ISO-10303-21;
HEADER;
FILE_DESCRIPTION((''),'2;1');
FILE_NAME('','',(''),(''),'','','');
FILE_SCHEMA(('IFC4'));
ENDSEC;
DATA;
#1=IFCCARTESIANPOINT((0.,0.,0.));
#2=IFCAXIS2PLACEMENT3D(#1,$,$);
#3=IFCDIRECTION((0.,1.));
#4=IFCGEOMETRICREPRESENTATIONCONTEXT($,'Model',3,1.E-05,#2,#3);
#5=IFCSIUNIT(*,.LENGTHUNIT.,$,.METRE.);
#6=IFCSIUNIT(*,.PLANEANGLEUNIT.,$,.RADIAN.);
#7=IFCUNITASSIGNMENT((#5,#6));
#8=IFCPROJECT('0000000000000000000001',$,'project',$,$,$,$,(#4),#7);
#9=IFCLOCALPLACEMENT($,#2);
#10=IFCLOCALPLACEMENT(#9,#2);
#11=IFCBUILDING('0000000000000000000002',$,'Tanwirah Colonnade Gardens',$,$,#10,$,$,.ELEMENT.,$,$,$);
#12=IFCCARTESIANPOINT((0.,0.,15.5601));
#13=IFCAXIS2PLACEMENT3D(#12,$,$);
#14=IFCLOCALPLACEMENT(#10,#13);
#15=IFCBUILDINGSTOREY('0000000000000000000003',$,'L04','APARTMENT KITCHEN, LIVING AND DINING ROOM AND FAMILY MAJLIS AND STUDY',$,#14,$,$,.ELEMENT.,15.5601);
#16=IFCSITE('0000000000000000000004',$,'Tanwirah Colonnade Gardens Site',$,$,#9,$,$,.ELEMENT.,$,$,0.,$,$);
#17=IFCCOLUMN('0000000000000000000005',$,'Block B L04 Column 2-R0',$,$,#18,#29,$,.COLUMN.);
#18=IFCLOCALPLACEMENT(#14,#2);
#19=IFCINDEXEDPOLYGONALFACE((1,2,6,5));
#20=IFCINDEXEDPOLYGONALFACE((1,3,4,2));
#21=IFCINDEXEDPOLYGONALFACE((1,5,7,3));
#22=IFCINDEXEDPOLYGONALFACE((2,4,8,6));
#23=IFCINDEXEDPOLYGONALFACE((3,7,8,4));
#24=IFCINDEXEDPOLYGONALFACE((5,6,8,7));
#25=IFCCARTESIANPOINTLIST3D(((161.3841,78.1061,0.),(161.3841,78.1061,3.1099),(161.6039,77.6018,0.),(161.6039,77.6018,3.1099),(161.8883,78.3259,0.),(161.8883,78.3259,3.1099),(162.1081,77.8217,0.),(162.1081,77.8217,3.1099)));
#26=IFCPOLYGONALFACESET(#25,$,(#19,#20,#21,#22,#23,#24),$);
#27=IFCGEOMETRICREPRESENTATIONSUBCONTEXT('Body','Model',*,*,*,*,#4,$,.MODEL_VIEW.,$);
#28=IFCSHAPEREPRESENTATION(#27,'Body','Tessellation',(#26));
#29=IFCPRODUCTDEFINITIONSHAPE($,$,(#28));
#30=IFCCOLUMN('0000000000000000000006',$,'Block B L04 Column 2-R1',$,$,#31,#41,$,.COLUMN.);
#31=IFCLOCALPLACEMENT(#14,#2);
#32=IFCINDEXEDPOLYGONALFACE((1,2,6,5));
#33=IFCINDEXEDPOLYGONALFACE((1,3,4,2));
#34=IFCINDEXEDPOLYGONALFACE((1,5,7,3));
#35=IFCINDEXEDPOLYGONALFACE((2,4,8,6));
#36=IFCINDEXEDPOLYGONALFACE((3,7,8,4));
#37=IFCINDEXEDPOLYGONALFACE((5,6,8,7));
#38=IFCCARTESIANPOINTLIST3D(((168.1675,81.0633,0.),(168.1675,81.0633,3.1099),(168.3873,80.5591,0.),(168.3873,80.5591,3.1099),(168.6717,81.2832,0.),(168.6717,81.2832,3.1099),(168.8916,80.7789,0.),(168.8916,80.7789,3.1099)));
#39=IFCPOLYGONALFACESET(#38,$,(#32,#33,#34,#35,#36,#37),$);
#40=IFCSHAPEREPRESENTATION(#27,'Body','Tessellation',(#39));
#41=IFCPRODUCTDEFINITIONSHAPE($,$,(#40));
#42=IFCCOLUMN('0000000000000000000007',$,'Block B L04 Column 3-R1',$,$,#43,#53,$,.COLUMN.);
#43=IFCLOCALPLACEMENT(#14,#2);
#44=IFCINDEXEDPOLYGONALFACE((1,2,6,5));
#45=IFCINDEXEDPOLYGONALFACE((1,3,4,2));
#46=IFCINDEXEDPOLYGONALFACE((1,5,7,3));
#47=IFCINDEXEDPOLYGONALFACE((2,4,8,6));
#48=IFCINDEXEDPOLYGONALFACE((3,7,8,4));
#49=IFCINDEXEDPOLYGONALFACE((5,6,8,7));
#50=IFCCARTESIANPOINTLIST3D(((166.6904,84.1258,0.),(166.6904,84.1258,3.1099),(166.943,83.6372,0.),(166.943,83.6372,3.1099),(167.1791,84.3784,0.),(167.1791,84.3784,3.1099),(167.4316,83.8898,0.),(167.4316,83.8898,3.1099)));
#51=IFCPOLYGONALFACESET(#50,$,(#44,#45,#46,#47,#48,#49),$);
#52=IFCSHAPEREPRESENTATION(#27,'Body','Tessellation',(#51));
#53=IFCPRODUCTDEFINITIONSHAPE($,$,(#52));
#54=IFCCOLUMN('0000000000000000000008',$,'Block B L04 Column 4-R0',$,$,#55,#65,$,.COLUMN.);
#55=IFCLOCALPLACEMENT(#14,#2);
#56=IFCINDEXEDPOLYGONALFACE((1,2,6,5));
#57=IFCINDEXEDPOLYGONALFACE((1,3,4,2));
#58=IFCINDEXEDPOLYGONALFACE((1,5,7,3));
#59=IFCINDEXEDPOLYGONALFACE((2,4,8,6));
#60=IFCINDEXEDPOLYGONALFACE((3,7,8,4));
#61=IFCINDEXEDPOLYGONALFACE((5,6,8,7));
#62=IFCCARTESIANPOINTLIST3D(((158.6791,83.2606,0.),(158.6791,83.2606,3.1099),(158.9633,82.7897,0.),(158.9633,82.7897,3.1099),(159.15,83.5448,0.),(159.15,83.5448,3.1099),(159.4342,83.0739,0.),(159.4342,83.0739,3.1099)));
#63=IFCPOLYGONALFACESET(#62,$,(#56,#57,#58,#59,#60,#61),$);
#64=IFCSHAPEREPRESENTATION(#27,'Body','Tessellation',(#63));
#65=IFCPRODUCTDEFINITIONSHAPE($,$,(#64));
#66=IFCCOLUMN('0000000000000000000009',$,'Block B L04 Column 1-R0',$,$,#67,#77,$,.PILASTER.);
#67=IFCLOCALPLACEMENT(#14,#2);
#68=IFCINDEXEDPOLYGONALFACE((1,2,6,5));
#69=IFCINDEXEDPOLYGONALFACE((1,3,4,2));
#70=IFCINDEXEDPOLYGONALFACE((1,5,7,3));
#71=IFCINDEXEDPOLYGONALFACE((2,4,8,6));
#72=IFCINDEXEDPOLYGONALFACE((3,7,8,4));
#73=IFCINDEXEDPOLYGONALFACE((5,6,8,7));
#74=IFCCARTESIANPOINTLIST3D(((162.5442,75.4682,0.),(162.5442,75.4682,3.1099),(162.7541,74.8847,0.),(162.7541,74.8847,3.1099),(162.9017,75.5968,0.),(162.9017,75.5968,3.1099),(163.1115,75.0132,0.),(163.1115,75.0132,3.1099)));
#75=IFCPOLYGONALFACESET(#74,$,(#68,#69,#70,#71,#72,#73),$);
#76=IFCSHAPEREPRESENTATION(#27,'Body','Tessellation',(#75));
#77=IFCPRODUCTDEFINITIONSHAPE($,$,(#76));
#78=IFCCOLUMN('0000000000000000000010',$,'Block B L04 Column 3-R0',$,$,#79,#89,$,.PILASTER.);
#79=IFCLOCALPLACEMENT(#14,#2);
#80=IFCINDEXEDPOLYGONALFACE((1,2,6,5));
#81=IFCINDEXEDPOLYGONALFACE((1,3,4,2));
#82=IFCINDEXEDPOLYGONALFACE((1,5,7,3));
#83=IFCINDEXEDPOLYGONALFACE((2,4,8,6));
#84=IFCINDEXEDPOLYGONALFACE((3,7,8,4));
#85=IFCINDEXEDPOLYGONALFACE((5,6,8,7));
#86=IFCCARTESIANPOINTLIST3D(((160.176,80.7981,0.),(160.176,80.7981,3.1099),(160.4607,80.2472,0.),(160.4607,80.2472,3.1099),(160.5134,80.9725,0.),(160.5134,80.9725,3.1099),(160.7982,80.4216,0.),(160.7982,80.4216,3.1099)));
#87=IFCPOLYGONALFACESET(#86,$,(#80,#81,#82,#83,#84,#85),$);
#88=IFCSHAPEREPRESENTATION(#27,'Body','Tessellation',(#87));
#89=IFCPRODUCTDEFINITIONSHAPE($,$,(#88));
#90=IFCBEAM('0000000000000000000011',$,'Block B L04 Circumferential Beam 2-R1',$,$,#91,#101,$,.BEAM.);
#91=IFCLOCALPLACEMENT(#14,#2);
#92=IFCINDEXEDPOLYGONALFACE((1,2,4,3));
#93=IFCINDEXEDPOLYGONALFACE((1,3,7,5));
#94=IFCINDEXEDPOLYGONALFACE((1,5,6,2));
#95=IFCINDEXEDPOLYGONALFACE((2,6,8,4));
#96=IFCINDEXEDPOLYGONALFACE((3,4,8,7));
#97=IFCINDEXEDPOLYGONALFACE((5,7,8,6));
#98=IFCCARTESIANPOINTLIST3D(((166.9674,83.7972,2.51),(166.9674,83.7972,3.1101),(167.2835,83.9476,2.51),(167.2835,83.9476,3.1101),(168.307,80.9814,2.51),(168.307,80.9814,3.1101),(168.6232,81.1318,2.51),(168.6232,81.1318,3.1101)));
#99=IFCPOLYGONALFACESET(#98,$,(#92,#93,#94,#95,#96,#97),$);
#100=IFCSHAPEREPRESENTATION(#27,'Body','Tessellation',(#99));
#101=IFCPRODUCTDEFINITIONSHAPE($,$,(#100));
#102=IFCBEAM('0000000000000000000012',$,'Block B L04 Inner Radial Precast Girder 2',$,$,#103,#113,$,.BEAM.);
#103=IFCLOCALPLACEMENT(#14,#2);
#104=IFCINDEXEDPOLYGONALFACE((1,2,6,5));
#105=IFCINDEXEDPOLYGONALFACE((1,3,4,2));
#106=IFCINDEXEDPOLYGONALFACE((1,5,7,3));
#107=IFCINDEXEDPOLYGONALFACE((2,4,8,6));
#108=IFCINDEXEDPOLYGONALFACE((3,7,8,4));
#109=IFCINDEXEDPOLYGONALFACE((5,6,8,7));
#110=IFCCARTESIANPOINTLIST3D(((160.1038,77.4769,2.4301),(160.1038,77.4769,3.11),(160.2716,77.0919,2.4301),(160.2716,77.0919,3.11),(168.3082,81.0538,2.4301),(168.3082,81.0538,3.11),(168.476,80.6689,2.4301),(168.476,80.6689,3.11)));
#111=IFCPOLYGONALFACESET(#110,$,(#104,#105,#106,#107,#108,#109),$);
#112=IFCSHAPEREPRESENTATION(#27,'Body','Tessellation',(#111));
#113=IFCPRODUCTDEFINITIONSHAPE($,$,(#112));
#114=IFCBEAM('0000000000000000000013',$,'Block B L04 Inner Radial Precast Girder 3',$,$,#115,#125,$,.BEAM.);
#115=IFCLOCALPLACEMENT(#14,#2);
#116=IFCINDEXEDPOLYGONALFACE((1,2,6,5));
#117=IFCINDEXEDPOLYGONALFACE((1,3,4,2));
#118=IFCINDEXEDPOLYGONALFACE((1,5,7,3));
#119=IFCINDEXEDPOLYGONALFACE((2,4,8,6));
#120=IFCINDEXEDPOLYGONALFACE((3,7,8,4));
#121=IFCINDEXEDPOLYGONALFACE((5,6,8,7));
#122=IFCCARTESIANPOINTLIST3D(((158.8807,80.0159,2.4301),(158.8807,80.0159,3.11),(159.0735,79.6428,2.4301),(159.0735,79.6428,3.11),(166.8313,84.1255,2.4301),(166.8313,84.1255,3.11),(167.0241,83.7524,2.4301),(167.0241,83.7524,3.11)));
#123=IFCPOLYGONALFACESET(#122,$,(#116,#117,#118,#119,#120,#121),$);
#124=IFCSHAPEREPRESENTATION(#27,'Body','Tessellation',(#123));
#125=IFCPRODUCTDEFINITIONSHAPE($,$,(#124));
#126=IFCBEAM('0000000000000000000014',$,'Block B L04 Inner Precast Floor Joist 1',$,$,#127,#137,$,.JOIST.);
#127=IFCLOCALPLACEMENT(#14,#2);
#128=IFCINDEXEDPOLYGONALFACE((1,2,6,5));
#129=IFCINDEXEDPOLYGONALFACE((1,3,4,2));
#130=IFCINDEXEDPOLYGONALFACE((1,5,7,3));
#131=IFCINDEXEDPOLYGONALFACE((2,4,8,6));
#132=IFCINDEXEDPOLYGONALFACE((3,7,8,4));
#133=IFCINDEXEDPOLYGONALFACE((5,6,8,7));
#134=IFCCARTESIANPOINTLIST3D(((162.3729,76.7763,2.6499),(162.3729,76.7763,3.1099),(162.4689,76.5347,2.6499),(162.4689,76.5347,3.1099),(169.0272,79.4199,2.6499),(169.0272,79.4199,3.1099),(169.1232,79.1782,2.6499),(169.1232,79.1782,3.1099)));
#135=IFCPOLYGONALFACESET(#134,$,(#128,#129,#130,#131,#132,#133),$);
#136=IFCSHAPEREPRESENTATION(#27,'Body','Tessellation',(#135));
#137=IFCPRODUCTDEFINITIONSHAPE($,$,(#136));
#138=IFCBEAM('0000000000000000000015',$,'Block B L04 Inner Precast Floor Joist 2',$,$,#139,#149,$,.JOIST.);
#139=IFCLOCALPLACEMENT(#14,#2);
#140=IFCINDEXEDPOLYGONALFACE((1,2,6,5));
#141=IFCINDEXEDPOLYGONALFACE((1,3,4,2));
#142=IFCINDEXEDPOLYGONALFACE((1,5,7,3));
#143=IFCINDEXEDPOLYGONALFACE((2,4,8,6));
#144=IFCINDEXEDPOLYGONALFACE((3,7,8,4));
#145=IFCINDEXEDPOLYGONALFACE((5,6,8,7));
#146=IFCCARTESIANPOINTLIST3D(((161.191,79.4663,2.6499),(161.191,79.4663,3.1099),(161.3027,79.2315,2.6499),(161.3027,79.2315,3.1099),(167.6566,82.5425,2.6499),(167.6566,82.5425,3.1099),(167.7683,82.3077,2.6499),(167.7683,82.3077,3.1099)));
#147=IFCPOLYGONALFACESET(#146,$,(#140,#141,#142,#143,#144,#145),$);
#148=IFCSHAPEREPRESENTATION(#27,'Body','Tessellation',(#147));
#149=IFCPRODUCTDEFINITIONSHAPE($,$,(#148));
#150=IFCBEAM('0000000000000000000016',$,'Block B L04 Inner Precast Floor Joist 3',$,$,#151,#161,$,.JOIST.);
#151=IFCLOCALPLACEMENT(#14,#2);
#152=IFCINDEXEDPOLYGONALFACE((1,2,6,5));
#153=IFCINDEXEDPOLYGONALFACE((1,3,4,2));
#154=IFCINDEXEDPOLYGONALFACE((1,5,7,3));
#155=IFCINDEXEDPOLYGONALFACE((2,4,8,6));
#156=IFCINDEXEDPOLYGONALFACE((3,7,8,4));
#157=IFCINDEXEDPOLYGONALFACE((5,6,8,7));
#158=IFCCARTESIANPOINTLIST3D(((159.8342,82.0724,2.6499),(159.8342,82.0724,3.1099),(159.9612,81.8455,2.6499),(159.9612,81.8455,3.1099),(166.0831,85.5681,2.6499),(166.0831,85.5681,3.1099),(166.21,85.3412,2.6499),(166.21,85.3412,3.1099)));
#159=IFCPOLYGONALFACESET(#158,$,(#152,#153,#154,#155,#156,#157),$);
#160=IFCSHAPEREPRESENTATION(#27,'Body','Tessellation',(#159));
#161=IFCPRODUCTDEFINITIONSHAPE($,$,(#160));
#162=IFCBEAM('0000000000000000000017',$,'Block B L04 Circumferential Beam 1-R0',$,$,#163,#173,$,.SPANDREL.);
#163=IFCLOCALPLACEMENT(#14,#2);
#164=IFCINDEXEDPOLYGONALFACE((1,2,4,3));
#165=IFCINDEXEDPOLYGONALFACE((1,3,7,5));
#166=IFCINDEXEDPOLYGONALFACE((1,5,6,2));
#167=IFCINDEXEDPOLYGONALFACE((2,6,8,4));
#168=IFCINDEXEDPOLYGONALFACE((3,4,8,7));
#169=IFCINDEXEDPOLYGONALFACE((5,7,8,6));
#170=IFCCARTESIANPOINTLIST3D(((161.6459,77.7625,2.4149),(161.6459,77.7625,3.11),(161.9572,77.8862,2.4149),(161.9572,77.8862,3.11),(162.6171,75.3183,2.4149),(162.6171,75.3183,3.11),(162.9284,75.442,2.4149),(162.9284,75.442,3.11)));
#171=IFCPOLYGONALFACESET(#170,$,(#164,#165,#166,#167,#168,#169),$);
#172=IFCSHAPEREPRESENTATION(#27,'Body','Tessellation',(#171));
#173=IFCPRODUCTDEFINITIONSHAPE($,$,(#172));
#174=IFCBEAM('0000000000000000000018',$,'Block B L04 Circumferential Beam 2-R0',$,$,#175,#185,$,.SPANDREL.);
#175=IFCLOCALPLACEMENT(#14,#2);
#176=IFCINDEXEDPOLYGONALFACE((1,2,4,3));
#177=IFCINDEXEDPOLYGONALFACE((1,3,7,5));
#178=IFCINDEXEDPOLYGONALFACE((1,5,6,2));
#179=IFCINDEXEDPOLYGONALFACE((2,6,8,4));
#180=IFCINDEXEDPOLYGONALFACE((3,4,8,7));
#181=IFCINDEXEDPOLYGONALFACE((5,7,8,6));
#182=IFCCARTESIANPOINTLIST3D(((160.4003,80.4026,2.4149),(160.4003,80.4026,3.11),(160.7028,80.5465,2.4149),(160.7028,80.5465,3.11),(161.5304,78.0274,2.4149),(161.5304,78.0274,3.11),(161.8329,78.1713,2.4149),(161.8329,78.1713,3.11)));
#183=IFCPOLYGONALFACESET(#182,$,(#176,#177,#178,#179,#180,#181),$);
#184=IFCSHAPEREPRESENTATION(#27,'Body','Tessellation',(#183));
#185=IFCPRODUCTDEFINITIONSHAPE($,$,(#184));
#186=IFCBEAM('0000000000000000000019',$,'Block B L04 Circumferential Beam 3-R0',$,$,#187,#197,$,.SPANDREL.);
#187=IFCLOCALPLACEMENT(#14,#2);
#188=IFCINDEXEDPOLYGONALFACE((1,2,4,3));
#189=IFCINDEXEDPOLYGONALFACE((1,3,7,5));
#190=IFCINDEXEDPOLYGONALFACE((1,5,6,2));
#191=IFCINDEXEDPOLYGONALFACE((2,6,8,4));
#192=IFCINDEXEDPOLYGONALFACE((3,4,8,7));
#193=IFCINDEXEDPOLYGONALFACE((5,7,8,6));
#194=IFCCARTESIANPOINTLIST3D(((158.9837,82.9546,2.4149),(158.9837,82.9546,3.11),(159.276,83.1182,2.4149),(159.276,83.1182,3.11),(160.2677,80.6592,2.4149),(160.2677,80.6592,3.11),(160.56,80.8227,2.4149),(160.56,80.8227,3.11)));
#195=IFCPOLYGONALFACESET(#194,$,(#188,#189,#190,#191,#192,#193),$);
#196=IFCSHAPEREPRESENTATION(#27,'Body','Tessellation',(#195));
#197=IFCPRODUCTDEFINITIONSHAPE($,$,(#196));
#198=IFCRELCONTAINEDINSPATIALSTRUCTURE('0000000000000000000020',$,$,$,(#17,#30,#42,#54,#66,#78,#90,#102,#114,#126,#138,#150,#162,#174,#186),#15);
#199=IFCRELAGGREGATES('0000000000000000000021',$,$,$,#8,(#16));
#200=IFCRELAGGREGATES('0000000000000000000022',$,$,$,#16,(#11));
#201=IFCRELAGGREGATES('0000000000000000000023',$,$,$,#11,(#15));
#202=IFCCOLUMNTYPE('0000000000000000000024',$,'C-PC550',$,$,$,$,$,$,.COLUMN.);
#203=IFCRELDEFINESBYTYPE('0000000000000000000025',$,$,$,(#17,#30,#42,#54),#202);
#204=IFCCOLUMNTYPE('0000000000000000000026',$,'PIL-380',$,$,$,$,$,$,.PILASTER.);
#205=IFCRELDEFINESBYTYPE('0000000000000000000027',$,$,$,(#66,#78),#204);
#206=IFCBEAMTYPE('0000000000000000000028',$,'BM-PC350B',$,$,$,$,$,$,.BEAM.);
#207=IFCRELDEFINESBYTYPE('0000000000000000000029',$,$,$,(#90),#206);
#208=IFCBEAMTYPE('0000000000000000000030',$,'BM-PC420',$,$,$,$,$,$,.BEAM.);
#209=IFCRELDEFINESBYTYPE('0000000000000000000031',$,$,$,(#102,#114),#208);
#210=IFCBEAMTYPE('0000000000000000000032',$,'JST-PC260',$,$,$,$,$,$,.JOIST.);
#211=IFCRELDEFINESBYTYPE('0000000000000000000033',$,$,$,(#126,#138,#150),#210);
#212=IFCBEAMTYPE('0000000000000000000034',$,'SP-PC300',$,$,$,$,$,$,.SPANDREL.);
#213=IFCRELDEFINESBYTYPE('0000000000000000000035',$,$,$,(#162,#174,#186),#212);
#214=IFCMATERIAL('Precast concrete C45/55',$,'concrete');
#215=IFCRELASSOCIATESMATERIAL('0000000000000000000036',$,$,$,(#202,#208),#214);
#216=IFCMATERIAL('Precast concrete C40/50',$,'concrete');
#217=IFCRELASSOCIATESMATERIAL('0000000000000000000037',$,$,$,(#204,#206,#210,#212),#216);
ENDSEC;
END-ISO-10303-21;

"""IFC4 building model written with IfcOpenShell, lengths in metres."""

from ifc_helpers import new_model, si_unit, direction, frame, origin, origin_2d, place, context, subcontext, project, spatial, rectangle, extrude, material, material_profile, profile_set, type_object, element, save


model = new_model("IFC4")

# Units and contexts
model_context = context("Model", 3, precision=1e-05, world=origin(), true_north=direction((0.0, 1.0)))
body_context = subcontext(model_context, "Body", "Model", "MODEL_VIEW")
ifc_project = project(units=[si_unit("LENGTHUNIT", "METRE"), si_unit("PLANEANGLEUNIT", "RADIAN")], contexts=[model_context])

# Site, building, storey
site_placement = place(None, origin())
site = spatial("IfcSite", under=ifc_project, at=site_placement, Name="Tanwirah Colonnade Gardens Site", CompositionType="ELEMENT", RefElevation=0.0)
building_placement = place(site_placement, origin())
building = spatial("IfcBuilding", under=site, at=building_placement, Name="Tanwirah Colonnade Gardens", CompositionType="ELEMENT")
storey_placement = place(building_placement, frame((0.0, 0.0, 15.5601)))
storey = spatial("IfcBuildingStorey", under=building, at=storey_placement, Name="L04", Description="APARTMENT KITCHEN, LIVING AND DINING ROOM AND FAMILY MAJLIS AND STUDY", CompositionType="ELEMENT", Elevation=15.5601)

# Columns
ifc_material_1 = material(Name="Precast concrete C45/55", Category="concrete")
ifc_material_profile_1 = material_profile(ifc_material_1, rectangle(XDim=0.55, YDim=0.55, at=origin_2d()), Name="PC-COL 550x550")
ifc_profile_set_1 = profile_set([ifc_material_profile_1], Name="Precast concrete C45/55")
column_type_1 = type_object("IfcColumnType", Name="C-PC550", PredefinedType="COLUMN", material=ifc_profile_set_1)
for number, where, z_axis, x_axis, name in (
    (1, (161.7461, 77.9639, 0.0), (0.0, 0.0, 1.0), (0.916673, 0.399638, 0.0), "Block B L04 Column 2-R0"),
    (2, (168.5295, 80.9211, 0.0), (0.0, 0.0, 1.0), (0.916673, 0.399638, 0.0), "Block B L04 Column 2-R1"),
    (3, (167.061, 84.0078, 0.0), (0.0, 0.0, 1.0), (0.88835, 0.459166, 0.0), "Block B L04 Column 3-R1"),
    (4, (159.0566, 83.1672, 0.0), (0.0, 0.0, 1.0), (0.856167, 0.516699, 0.0), "Block B L04 Column 4-R0"),
):
    element("IfcColumn", number, at=place(storey_placement, frame(where, z_axis=z_axis, x_axis=x_axis)), inside=storey, type_object=column_type_1, Name=name, PredefinedType="COLUMN", context=body_context, shape_type="SweptSolid", body=[
        extrude(rectangle(XDim=0.55, YDim=0.55, at=origin_2d()), origin(), (0.0, 0.0, 1.0), 3.1099),
    ])
ifc_material_2 = material(Name="Precast concrete C40/50", Category="concrete")
ifc_material_profile_2 = material_profile(ifc_material_2, rectangle(XDim=0.3799, YDim=0.6201, at=origin_2d()), Name="PC-PIL 380x620")
ifc_profile_set_2 = profile_set([ifc_material_profile_2], Name="Precast concrete C40/50")
column_type_2 = type_object("IfcColumnType", Name="PIL-380", PredefinedType="PILASTER", material=ifc_profile_set_2)
for number, where, z_axis, x_axis, name in (
    (5, (162.8279, 75.2407, 0.0), (0.0, 0.0, 1.0), (0.941012, 0.338373, 0.0), "Block B L04 Column 1-R0"),
    (6, (160.4871, 80.6099, 0.0), (0.0, 0.0, 1.0), (0.88835, 0.459166, 0.0), "Block B L04 Column 3-R0"),
):
    element("IfcColumn", number, at=place(storey_placement, frame(where, z_axis=z_axis, x_axis=x_axis)), inside=storey, type_object=column_type_2, Name=name, PredefinedType="PILASTER", context=body_context, shape_type="SweptSolid", body=[
        extrude(rectangle(XDim=0.3799, YDim=0.6201, at=origin_2d()), origin(), (0.0, 0.0, 1.0), 3.1099),
    ])

# Beams
ifc_material_profile_3 = material_profile(ifc_material_2, rectangle(XDim=0.3501, YDim=0.6001, at=origin_2d()), Name="PC-BM 350x600")
ifc_profile_set_3 = profile_set([ifc_material_profile_3], Name="Precast concrete C40/50")
beam_type_1 = type_object("IfcBeamType", Name="BM-PC350B", PredefinedType="BEAM", material=ifc_profile_set_3)
beam_1_placement = place(storey_placement, frame((168.4651, 81.0566, 2.8101), z_axis=(-0.429621, 0.90301, 0.0), x_axis=(-0.90301, -0.429621, 0.0)))
element("IfcBeam", 7, at=beam_1_placement, inside=storey, type_object=beam_type_1, Name="Block B L04 Circumferential Beam 2-R1", PredefinedType="BEAM", context=body_context, shape_type="SweptSolid", body=[
    extrude(rectangle(XDim=0.3501, YDim=0.6001, at=origin_2d()), origin(), (0.0, 0.0, 1.0), 3.1182),
])
ifc_material_profile_4 = material_profile(ifc_material_1, rectangle(XDim=0.4199, YDim=0.6799, at=origin_2d()), Name="PC-BM 420x680")
ifc_profile_set_4 = profile_set([ifc_material_profile_4], Name="Precast concrete C45/55")
beam_type_2 = type_object("IfcBeamType", Name="BM-PC420", PredefinedType="BEAM", material=ifc_profile_set_4)
beam_2_placement = place(storey_placement, frame((168.3921, 80.8613, 2.77), z_axis=(-0.916669, -0.399647, 0.0), x_axis=(0.399647, -0.916669, 0.0)))
element("IfcBeam", 8, at=beam_2_placement, inside=storey, type_object=beam_type_2, Name="Block B L04 Inner Radial Precast Girder 2", PredefinedType="BEAM", context=body_context, shape_type="SweptSolid", body=[
    extrude(rectangle(XDim=0.4199, YDim=0.6799, at=origin_2d()), origin(), (0.0, 0.0, 1.0), 8.9502),
])
beam_3_placement = place(storey_placement, frame((166.9277, 83.939, 2.77), z_axis=(-0.888345, -0.459176, 0.0), x_axis=(0.459176, -0.888345, 0.0)))
element("IfcBeam", 9, at=beam_3_placement, inside=storey, type_object=beam_type_2, Name="Block B L04 Inner Radial Precast Girder 3", PredefinedType="BEAM", context=body_context, shape_type="SweptSolid", body=[
    extrude(rectangle(XDim=0.4199, YDim=0.6799, at=origin_2d()), origin(), (0.0, 0.0, 1.0), 8.95),
])
ifc_material_profile_5 = material_profile(ifc_material_2, rectangle(XDim=0.26, YDim=0.46, at=origin_2d()), Name="PC-JST 260x460")
ifc_profile_set_5 = profile_set([ifc_material_profile_5], Name="Precast concrete C40/50")
beam_type_3 = type_object("IfcBeamType", Name="JST-PC260", PredefinedType="JOIST", material=ifc_profile_set_5)
for number, where, z_axis, x_axis, name in (
    (10, (162.4209, 76.6555, 2.8799), (0.929349, 0.369203, 0.0), (-0.369203, 0.929349, 0.0), "Block B L04 Inner Precast Floor Joist 1"),
    (11, (161.2468, 79.3489, 2.8799), (0.903005, 0.429629, 0.0), (-0.429629, 0.903005, 0.0), "Block B L04 Inner Precast Floor Joist 2"),
    (12, (159.8977, 81.959, 2.8799), (0.872727, 0.488209, 0.0), (-0.488209, 0.872727, 0.0), "Block B L04 Inner Precast Floor Joist 3"),
):
    element("IfcBeam", number, at=place(storey_placement, frame(where, z_axis=z_axis, x_axis=x_axis)), inside=storey, type_object=beam_type_3, Name=name, PredefinedType="JOIST", context=body_context, shape_type="SweptSolid", body=[
        extrude(rectangle(XDim=0.26, YDim=0.46, at=origin_2d()), origin(), (0.0, 0.0, 1.0), 7.1602),
    ])
ifc_material_profile_6 = material_profile(ifc_material_2, rectangle(XDim=0.335, YDim=0.6951, at=origin_2d()), Name="PC-SP 335x695")
ifc_profile_set_6 = profile_set([ifc_material_profile_6], Name="Precast concrete C40/50")
beam_type_4 = type_object("IfcBeamType", Name="SP-PC300", PredefinedType="SPANDREL", material=ifc_profile_set_6)
beam_4_placement = place(storey_placement, frame((162.7727, 75.3801, 2.7625), z_axis=(-0.369245, 0.929332, 0.0), x_axis=(-0.929332, -0.369245, 0.0)))
element("IfcBeam", 13, at=beam_4_placement, inside=storey, type_object=beam_type_4, Name="Block B L04 Circumferential Beam 1-R0", PredefinedType="SPANDREL", context=body_context, shape_type="SweptSolid", body=[
    extrude(rectangle(XDim=0.335, YDim=0.6951, at=origin_2d()), origin(), (0.0, 0.0, 1.0), 2.6301),
])
beam_5_placement = place(storey_placement, frame((161.6816, 78.0994, 2.7625), z_axis=(-0.429642, 0.902999, 0.0), x_axis=(-0.902999, -0.429642, 0.0)))
element("IfcBeam", 14, at=beam_5_placement, inside=storey, type_object=beam_type_4, Name="Block B L04 Circumferential Beam 2-R0", PredefinedType="SPANDREL", context=body_context, shape_type="SweptSolid", body=[
    extrude(rectangle(XDim=0.335, YDim=0.6951, at=origin_2d()), origin(), (0.0, 0.0, 1.0), 2.6304),
])
beam_6_placement = place(storey_placement, frame((160.4138, 80.741, 2.7625), z_axis=(-0.488171, 0.872748, 0.0), x_axis=(-0.872748, -0.488171, 0.0)))
element("IfcBeam", 15, at=beam_6_placement, inside=storey, type_object=beam_type_4, Name="Block B L04 Circumferential Beam 3-R0", PredefinedType="SPANDREL", context=body_context, shape_type="SweptSolid", body=[
    extrude(rectangle(XDim=0.335, YDim=0.6951, at=origin_2d()), origin(), (0.0, 0.0, 1.0), 2.6301),
])

save(model, "model.ifc")
